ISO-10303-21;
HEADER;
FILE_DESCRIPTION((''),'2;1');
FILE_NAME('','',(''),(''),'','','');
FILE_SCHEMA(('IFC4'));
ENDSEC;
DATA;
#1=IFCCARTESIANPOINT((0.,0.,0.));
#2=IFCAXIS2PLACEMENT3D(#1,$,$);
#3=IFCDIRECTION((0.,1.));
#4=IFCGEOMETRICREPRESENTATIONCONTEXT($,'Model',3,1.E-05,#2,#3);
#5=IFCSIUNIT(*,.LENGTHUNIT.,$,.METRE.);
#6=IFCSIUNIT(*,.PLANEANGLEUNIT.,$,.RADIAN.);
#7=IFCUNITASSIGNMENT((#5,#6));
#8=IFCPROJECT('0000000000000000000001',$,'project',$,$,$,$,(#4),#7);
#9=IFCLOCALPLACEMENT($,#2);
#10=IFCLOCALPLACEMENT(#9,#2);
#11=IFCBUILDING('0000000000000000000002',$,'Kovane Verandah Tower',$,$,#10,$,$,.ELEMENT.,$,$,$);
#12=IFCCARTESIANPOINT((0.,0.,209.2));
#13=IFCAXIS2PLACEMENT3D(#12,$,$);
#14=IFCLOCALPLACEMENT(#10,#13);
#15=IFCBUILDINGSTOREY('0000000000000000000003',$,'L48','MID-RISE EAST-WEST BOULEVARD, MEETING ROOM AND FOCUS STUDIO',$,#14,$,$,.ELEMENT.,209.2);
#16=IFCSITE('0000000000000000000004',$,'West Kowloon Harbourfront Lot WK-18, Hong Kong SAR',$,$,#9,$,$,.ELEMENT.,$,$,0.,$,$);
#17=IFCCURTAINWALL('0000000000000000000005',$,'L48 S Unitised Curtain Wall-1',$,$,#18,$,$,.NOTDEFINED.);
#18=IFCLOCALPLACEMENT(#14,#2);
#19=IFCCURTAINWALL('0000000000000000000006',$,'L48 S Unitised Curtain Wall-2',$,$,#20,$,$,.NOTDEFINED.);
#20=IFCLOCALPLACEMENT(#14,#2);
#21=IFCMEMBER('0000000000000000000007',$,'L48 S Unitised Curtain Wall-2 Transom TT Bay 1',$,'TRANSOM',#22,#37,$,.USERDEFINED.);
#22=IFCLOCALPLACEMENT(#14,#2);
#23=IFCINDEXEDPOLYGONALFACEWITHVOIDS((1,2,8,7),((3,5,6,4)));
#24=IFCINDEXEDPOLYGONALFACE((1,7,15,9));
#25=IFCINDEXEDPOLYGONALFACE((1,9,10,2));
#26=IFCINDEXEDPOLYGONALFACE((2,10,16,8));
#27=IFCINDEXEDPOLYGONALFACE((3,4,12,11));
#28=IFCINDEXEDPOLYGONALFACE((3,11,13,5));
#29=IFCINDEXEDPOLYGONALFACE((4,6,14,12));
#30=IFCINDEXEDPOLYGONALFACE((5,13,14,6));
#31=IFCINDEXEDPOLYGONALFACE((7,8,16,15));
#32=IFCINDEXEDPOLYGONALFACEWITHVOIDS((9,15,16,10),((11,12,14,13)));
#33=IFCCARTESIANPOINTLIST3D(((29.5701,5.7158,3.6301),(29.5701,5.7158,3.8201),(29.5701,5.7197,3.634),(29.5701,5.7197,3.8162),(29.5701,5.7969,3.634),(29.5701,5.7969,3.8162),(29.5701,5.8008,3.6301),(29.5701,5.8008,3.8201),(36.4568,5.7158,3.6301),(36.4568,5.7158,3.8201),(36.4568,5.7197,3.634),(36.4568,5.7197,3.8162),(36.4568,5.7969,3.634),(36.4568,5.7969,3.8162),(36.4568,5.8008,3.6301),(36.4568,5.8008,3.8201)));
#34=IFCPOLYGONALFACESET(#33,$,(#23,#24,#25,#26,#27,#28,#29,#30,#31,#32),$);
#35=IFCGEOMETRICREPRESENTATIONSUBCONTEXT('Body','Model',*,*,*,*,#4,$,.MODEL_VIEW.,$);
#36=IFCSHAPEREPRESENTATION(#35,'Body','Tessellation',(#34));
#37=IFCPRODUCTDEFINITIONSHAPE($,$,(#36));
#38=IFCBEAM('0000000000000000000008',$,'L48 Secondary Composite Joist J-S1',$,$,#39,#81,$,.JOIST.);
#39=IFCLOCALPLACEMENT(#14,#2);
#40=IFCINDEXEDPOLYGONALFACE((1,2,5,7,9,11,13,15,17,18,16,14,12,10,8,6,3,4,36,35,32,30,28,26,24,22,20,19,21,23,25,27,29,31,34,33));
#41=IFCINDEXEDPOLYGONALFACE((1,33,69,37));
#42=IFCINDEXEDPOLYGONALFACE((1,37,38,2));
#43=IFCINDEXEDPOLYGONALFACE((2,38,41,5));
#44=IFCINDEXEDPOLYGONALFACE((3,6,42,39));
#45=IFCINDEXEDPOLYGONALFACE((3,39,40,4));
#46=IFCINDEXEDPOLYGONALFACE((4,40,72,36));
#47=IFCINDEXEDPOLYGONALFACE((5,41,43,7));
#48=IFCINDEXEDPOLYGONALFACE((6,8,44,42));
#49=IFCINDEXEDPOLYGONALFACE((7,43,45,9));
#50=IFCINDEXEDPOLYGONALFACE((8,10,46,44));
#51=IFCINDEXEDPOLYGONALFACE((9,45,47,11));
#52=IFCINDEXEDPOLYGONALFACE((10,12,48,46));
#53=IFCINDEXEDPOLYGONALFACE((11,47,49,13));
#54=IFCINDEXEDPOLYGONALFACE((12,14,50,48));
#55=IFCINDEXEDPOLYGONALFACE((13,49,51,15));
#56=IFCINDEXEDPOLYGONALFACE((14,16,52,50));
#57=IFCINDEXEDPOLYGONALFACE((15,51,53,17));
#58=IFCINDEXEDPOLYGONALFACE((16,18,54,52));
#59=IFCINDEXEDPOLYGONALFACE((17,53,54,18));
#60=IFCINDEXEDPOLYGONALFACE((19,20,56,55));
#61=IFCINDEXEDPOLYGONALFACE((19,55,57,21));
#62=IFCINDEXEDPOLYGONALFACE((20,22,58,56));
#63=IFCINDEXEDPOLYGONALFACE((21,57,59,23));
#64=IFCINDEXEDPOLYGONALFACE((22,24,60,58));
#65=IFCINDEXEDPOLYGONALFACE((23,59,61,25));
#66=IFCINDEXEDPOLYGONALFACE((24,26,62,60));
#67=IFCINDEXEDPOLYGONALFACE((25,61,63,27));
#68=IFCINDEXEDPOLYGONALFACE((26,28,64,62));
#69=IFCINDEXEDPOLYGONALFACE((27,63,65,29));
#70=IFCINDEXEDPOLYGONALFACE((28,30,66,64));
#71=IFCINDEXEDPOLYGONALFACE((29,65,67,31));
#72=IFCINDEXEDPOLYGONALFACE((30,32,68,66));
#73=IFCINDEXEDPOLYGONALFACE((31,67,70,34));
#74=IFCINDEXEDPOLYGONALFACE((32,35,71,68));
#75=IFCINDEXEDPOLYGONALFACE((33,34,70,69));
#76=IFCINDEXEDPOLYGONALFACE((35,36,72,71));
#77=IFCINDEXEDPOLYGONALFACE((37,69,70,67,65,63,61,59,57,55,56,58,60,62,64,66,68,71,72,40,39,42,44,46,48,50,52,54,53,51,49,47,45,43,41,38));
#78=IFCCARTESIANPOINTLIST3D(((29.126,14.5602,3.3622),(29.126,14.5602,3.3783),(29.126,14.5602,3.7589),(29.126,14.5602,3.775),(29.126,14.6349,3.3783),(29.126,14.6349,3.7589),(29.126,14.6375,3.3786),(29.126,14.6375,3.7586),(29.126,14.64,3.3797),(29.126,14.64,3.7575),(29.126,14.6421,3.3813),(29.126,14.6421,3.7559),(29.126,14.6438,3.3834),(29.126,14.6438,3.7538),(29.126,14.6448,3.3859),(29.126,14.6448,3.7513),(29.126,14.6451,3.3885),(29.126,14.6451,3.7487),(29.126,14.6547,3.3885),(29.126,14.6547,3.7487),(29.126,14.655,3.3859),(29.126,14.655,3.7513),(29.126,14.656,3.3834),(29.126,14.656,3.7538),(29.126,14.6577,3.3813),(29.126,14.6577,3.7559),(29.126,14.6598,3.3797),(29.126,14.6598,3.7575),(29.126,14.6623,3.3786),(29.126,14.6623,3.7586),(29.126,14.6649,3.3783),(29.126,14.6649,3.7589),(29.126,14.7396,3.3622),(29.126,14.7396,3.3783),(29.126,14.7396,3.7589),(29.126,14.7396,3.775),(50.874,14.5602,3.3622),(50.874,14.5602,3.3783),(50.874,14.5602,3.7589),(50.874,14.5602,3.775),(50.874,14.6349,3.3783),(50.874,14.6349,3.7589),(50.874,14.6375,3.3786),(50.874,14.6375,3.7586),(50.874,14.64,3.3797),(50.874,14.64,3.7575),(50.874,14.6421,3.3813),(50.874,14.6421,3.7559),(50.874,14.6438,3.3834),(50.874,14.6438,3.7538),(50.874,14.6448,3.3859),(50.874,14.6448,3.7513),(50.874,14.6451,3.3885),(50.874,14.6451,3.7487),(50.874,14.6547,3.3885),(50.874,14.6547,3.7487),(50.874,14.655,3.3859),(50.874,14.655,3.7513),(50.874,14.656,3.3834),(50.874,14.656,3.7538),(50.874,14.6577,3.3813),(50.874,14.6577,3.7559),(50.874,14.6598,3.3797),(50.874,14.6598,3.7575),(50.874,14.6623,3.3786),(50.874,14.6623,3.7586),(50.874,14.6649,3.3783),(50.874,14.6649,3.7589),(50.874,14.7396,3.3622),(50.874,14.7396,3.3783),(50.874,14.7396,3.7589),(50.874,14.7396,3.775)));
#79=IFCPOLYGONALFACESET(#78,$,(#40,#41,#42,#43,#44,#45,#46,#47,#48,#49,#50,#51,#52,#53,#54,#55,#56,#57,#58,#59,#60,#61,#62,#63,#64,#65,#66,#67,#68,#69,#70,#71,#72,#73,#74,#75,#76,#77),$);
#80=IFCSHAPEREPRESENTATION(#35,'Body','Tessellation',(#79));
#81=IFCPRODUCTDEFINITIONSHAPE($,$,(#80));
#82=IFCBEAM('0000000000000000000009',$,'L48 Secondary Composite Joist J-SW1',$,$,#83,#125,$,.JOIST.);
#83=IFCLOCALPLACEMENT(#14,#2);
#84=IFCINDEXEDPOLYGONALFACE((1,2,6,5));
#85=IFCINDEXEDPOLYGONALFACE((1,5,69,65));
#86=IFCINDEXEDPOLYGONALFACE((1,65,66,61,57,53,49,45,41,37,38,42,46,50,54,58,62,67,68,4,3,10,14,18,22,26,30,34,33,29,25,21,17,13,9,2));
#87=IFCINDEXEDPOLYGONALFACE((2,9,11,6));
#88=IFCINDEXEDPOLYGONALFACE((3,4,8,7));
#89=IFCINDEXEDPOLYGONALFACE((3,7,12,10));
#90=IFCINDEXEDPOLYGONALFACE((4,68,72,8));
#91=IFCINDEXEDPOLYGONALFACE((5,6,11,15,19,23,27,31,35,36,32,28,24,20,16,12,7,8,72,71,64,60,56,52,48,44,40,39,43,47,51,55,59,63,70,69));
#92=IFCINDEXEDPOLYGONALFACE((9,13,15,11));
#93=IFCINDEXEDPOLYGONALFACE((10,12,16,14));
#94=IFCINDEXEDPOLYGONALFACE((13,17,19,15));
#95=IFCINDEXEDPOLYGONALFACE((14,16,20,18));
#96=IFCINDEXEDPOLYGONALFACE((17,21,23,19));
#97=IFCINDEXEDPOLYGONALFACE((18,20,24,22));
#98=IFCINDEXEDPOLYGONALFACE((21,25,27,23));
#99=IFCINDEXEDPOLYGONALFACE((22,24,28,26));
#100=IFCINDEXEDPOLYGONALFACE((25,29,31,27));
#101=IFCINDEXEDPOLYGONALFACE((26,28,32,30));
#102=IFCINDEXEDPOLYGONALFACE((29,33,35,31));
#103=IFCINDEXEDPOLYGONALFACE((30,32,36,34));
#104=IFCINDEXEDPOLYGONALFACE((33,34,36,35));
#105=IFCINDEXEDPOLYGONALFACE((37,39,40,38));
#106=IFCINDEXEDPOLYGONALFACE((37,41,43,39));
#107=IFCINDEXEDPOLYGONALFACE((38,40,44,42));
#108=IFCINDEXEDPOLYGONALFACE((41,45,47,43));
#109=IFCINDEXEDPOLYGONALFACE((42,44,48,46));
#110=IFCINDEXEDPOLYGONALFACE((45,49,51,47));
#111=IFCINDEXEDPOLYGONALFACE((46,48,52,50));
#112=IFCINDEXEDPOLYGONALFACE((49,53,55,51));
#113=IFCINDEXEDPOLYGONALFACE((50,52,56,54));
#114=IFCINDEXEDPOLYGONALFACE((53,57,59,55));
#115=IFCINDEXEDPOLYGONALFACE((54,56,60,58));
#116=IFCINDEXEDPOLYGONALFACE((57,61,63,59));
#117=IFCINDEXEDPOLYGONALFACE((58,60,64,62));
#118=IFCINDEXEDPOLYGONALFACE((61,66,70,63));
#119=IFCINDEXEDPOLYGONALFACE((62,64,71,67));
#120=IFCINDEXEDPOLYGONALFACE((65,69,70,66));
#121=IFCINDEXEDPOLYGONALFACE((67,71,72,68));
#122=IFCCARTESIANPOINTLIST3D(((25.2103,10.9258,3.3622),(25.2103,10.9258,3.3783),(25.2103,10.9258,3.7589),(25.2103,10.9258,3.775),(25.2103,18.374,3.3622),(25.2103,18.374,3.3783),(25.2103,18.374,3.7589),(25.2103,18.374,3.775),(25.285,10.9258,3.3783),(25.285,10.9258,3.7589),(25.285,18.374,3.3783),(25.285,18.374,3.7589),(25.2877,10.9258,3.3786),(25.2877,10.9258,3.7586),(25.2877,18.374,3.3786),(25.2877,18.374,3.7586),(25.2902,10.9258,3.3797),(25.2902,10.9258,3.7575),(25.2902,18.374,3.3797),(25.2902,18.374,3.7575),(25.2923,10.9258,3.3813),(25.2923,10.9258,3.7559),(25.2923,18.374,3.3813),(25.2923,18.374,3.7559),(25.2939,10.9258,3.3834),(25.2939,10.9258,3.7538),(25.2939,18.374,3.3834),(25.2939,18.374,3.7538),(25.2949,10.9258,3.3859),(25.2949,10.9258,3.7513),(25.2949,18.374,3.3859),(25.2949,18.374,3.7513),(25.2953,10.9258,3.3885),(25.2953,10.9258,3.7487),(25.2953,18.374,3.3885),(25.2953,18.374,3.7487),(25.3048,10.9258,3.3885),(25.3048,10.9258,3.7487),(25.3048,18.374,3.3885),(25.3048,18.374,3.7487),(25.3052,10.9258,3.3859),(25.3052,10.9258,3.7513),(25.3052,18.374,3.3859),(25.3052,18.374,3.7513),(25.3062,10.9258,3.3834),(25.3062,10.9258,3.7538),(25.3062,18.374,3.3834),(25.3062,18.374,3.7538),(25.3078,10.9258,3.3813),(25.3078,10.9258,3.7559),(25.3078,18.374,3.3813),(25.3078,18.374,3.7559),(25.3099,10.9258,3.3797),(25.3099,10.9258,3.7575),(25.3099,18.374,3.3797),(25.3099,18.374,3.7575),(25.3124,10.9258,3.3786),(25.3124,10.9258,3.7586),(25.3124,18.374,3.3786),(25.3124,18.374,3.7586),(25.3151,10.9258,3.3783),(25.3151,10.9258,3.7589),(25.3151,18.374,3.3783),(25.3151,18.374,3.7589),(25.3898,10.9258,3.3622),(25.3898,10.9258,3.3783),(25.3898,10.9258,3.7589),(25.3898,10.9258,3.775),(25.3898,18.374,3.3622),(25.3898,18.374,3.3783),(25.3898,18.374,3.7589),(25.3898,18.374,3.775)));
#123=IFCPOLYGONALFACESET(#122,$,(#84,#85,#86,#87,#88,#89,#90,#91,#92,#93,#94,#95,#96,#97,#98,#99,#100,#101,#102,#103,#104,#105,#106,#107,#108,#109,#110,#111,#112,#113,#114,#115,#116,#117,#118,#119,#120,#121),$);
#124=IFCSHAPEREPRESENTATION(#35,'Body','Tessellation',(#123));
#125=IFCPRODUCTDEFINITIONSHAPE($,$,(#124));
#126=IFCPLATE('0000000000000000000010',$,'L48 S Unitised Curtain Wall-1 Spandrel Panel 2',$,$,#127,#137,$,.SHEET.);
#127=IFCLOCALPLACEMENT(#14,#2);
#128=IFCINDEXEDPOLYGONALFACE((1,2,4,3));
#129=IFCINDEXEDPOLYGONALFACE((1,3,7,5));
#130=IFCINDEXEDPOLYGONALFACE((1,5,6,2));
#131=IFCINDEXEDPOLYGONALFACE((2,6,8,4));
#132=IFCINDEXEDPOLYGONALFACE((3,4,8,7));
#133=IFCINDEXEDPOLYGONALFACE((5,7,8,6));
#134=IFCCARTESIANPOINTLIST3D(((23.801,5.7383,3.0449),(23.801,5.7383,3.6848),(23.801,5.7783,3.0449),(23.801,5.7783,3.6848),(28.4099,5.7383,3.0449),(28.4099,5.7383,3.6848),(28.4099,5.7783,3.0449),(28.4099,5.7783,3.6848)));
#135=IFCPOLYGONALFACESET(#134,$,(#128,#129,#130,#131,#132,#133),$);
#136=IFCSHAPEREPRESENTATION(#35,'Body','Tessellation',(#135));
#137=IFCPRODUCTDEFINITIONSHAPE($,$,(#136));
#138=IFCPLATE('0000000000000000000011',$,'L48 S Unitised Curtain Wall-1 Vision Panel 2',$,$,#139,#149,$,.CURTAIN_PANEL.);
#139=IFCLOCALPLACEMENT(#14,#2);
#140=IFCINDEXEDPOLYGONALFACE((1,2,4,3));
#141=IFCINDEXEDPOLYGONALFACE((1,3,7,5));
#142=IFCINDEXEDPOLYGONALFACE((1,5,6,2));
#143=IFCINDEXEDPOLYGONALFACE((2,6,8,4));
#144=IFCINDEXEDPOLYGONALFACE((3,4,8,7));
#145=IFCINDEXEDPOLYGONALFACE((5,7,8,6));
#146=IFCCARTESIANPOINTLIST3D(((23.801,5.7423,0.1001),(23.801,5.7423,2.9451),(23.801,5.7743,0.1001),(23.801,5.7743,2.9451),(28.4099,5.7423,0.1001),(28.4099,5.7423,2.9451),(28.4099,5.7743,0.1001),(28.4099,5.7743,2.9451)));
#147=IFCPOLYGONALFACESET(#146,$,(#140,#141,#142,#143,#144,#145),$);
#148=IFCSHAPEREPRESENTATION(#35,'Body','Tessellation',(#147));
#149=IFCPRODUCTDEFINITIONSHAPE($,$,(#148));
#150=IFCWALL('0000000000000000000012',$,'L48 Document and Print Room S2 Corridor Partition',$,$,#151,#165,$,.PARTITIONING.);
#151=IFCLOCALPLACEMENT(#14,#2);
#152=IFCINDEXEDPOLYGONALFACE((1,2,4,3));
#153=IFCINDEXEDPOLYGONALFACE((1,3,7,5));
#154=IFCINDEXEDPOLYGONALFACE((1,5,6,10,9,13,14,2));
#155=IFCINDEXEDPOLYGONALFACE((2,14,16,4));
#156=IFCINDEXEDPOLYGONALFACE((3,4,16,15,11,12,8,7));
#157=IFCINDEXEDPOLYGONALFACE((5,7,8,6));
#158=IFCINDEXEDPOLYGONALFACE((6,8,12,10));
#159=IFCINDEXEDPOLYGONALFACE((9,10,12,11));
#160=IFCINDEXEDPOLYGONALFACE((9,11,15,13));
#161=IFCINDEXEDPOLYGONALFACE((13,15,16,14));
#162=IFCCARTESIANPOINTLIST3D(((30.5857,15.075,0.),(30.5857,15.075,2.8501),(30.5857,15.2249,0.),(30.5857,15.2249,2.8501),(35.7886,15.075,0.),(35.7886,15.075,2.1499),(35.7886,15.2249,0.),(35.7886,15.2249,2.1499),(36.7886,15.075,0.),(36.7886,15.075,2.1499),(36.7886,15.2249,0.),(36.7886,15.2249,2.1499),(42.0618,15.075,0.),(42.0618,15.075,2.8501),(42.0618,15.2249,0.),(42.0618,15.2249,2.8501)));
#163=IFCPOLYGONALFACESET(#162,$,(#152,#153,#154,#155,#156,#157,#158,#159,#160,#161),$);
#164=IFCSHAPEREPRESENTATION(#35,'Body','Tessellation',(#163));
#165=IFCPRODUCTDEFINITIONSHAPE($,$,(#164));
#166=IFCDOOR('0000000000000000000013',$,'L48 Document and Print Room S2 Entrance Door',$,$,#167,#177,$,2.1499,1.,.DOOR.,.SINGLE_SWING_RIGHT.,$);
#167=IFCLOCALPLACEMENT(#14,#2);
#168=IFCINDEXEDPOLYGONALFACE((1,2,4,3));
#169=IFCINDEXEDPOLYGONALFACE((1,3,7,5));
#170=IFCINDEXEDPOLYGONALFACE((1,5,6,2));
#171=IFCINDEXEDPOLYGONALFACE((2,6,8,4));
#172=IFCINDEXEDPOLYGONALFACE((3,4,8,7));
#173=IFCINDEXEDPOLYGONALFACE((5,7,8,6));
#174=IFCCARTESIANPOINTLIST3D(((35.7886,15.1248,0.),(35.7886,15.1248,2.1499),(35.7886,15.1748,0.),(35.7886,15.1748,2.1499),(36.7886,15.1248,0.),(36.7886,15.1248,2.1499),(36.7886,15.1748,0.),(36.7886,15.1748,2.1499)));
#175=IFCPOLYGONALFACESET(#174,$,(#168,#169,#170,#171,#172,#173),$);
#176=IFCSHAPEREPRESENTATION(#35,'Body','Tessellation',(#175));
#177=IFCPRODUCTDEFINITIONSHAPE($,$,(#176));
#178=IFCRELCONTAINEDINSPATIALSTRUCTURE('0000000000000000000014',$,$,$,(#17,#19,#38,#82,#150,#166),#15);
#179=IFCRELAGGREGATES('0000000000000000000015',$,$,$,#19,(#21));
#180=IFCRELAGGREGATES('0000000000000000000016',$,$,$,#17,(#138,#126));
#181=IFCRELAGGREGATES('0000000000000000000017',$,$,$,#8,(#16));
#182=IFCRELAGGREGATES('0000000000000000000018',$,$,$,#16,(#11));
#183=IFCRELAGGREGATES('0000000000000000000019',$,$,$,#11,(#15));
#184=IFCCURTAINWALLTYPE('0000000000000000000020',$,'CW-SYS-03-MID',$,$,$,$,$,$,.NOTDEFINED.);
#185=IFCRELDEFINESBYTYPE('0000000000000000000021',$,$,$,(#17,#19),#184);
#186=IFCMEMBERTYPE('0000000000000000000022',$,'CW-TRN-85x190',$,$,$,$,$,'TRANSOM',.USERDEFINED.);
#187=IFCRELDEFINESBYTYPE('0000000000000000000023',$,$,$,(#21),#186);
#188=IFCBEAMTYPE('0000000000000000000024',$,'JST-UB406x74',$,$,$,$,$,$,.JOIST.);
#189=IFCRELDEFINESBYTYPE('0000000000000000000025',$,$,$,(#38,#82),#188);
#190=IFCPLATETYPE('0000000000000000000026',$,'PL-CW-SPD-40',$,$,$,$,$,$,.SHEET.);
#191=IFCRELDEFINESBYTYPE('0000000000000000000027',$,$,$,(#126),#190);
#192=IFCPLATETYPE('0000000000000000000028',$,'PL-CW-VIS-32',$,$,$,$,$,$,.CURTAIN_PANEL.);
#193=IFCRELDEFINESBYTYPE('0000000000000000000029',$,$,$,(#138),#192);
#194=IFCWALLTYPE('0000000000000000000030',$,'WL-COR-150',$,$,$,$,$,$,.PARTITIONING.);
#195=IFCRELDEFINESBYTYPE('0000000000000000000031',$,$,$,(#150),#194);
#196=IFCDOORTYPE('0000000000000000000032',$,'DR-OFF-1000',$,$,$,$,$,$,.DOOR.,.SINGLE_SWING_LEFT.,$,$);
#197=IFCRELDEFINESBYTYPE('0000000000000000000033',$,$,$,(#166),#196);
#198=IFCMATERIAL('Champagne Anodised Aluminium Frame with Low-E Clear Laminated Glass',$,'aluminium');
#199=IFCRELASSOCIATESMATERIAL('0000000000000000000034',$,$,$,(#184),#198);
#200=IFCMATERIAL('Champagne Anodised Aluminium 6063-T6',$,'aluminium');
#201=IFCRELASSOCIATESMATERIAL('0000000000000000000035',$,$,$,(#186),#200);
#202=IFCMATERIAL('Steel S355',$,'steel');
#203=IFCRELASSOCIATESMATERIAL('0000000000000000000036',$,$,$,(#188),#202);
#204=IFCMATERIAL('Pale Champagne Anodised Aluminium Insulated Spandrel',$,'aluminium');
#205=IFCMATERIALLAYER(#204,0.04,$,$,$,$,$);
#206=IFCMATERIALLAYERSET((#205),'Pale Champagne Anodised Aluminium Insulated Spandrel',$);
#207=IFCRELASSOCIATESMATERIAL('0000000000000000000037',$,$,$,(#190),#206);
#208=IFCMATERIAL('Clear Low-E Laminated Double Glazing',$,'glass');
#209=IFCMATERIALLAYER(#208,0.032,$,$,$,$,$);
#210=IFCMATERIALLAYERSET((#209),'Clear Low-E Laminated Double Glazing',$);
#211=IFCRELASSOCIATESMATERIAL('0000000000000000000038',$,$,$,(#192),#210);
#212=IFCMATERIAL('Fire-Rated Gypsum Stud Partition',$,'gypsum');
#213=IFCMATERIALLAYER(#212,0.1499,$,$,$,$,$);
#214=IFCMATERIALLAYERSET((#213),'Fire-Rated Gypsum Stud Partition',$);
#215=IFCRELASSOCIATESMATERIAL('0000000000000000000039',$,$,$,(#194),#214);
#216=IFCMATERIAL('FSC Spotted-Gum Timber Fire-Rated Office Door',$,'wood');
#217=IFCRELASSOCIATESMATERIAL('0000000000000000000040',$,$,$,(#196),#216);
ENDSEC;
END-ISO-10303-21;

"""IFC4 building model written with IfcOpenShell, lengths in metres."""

from ifc_helpers import new_model, si_unit, direction, frame, frame_2d, origin, origin_2d, place, context, subcontext, project, spatial, rectangle, hollow_rectangle, i_section, extrude, material, layer, layer_set, material_profile, profile_set, type_object, element, fill, aggregate, save


model = new_model("IFC4")

# Units and contexts
model_context = context("Model", 3, precision=1e-05, world=origin(), true_north=direction((0.0, 1.0)))
body_context = subcontext(model_context, "Body", "Model", "MODEL_VIEW")
ifc_project = project(units=[si_unit("LENGTHUNIT", "METRE"), si_unit("PLANEANGLEUNIT", "RADIAN")], contexts=[model_context])

# Site, building, storey
site_placement = place(None, origin())
site = spatial("IfcSite", under=ifc_project, at=site_placement, Name="West Kowloon Harbourfront Lot WK-18, Hong Kong SAR", CompositionType="ELEMENT", RefElevation=0.0)
building_placement = place(site_placement, origin())
building = spatial("IfcBuilding", under=site, at=building_placement, Name="Kovane Verandah Tower", CompositionType="ELEMENT")
storey_placement = place(building_placement, frame((0.0, 0.0, 209.2)))
storey = spatial("IfcBuildingStorey", under=building, at=storey_placement, Name="L48", Description="MID-RISE EAST-WEST BOULEVARD, MEETING ROOM AND FOCUS STUDIO", CompositionType="ELEMENT", Elevation=209.2)

# Shared definitions
ifc_material_1 = material(Name="Steel S355", Category="steel")

# Curtain wall
ifc_material_2 = material(Name="Champagne Anodised Aluminium Frame with Low-E Clear Laminated Glass", Category="aluminium")
curtain_wall_type = type_object("IfcCurtainWallType", Name="CW-SYS-03-MID", PredefinedType="NOTDEFINED", material=ifc_material_2)
curtain_wall_1_placement = place(storey_placement, origin())
curtain_wall_1 = element("IfcCurtainWall", 1, at=curtain_wall_1_placement, inside=storey, type_object=curtain_wall_type, Name="L48 S Unitised Curtain Wall-1", PredefinedType="NOTDEFINED")
ifc_material_3 = material(Name="Champagne Anodised Aluminium 6063-T6", Category="aluminium")

# Curtain wall
curtain_wall_2_placement = place(storey_placement, origin())
curtain_wall_2 = element("IfcCurtainWall", 2, at=curtain_wall_2_placement, inside=storey, type_object=curtain_wall_type, Name="L48 S Unitised Curtain Wall-2", PredefinedType="NOTDEFINED")

# Member
ifc_material_profile_1 = material_profile(ifc_material_3, hollow_rectangle(XDim=0.085, YDim=0.1899, WallThickness=0.0039, at=origin_2d()), Name="AL85x190x4")
ifc_profile_set_1 = profile_set([ifc_material_profile_1], Name="Champagne Anodised Aluminium 6063-T6")
member_type_1 = type_object("IfcMemberType", Name="CW-TRN-85x190", ElementType="TRANSOM", PredefinedType="USERDEFINED", material=ifc_profile_set_1)
member_1_placement = place(storey_placement, frame((29.5701, 5.7583, 3.7251), z_axis=(1.0, 0.0, 0.0), x_axis=(0.0, 1.0, 0.0)))
member_1 = element("IfcMember", 3, at=member_1_placement, type_object=member_type_1, Name="L48 S Unitised Curtain Wall-2 Transom TT Bay 1", ObjectType="TRANSOM", PredefinedType="USERDEFINED", context=body_context, shape_type="SweptSolid", body=[
    extrude(hollow_rectangle(XDim=0.085, YDim=0.1899, WallThickness=0.0039, at=origin_2d()), origin(), (0.0, 0.0, 1.0), 6.8867),
])
aggregate(curtain_wall_2, [member_1])

# Beams
ifc_material_profile_2 = material_profile(ifc_material_1, i_section(OverallWidth=0.1794, OverallDepth=0.4128, WebThickness=0.0095, FlangeThickness=0.0161, FilletRadius=0.0103, at=origin_2d()), Name="UB406x178x74")
ifc_profile_set_2 = profile_set([ifc_material_profile_2], Name="Steel S355")
beam_type_1 = type_object("IfcBeamType", Name="JST-UB406x74", PredefinedType="JOIST", material=ifc_profile_set_2)
beam_1_placement = place(storey_placement, frame((29.126, 14.6499, 3.5686), z_axis=(1.0, 0.0, 0.0), x_axis=(0.0, 1.0, 0.0)))
element("IfcBeam", 4, at=beam_1_placement, inside=storey, type_object=beam_type_1, Name="L48 Secondary Composite Joist J-S1", PredefinedType="JOIST", context=body_context, shape_type="SweptSolid", body=[
    extrude(i_section(OverallWidth=0.1794, OverallDepth=0.4128, WebThickness=0.0095, FlangeThickness=0.0161, FilletRadius=0.0103, at=origin_2d()), origin(), (0.0, 0.0, 1.0), 21.748),
])
beam_2_placement = place(storey_placement, frame((25.3, 10.9258, 3.5686), z_axis=(0.0, 1.0, 0.0), x_axis=(-1.0, 0.0, 0.0)))
element("IfcBeam", 5, at=beam_2_placement, inside=storey, type_object=beam_type_1, Name="L48 Secondary Composite Joist J-SW1", PredefinedType="JOIST", context=body_context, shape_type="SweptSolid", body=[
    extrude(i_section(OverallWidth=0.1794, OverallDepth=0.4128, WebThickness=0.0095, FlangeThickness=0.0161, FilletRadius=0.0103, at=origin_2d()), origin(), (0.0, 0.0, 1.0), 7.4482),
])

# Plates
ifc_material_4 = material(Name="Pale Champagne Anodised Aluminium Insulated Spandrel", Category="aluminium")
ifc_layer_1 = layer(ifc_material_4, 0.04)
ifc_layer_set_1 = layer_set([ifc_layer_1], Name="Pale Champagne Anodised Aluminium Insulated Spandrel")
plate_type_1 = type_object("IfcPlateType", Name="PL-CW-SPD-40", PredefinedType="SHEET", material=ifc_layer_set_1)
plate_1_placement = place(storey_placement, frame((26.1055, 5.7583, 3.0449), z_axis=(0.0, 0.0, 1.0), x_axis=(1.0, 0.0, 0.0)))
plate_1 = element("IfcPlate", 6, at=plate_1_placement, type_object=plate_type_1, Name="L48 S Unitised Curtain Wall-1 Spandrel Panel 2", PredefinedType="SHEET", context=body_context, shape_type="SweptSolid", body=[
    extrude(rectangle(XDim=4.6089, YDim=0.04, at=origin_2d()), origin(), (0.0, 0.0, 1.0), 0.6399),
])
ifc_material_5 = material(Name="Clear Low-E Laminated Double Glazing", Category="glass")
ifc_layer_2 = layer(ifc_material_5, 0.032)
ifc_layer_set_2 = layer_set([ifc_layer_2], Name="Clear Low-E Laminated Double Glazing")
plate_type_2 = type_object("IfcPlateType", Name="PL-CW-VIS-32", PredefinedType="CURTAIN_PANEL", material=ifc_layer_set_2)
plate_2_placement = place(storey_placement, frame((26.1055, 5.7583, 0.1001), z_axis=(0.0, 0.0, 1.0), x_axis=(1.0, 0.0, 0.0)))
plate_2 = element("IfcPlate", 7, at=plate_2_placement, type_object=plate_type_2, Name="L48 S Unitised Curtain Wall-1 Vision Panel 2", PredefinedType="CURTAIN_PANEL", context=body_context, shape_type="SweptSolid", body=[
    extrude(rectangle(XDim=4.6089, YDim=0.032, at=origin_2d()), origin(), (0.0, 0.0, 1.0), 2.845),
])
aggregate(curtain_wall_1, [plate_2, plate_1])

# Wall, opening, door
ifc_material_6 = material(Name="Fire-Rated Gypsum Stud Partition", Category="gypsum")
ifc_layer_3 = layer(ifc_material_6, 0.1499)
ifc_layer_set_3 = layer_set([ifc_layer_3], Name="Fire-Rated Gypsum Stud Partition")
wall_type_1 = type_object("IfcWallType", Name="WL-COR-150", PredefinedType="PARTITIONING", material=ifc_layer_set_3)
wall_1_placement = place(storey_placement, frame((30.5857, 15.1499, 0.0), z_axis=(0.0, 0.0, 1.0), x_axis=(1.0, 0.0, 0.0)))
wall_1 = element("IfcWall", 8, at=wall_1_placement, inside=storey, type_object=wall_type_1, Name="L48 Document and Print Room S2 Corridor Partition", PredefinedType="PARTITIONING", context=body_context, shape_type="SweptSolid", body=[
    extrude(rectangle(XDim=11.4761, YDim=0.1499, at=frame_2d((5.738, 0.0))), origin(), (0.0, 0.0, 1.0), 2.8501),
])
opening_1_placement = place(wall_1_placement, frame((5.2029, 0.0, 0.0)))
opening_1 = element("IfcOpeningElement", 9, at=opening_1_placement, cuts=wall_1, PredefinedType="OPENING", context=body_context, shape_type="SweptSolid", body=[
    extrude(rectangle(XDim=1.0, YDim=2.1499, at=frame_2d((0.5, 1.075))), frame((0.0, 0.075, 0.0), z_axis=(0.0, -1.0, 0.0), x_axis=(1.0, 0.0, 0.0)), (0.0, 0.0, 1.0), 0.1499),
])
ifc_material_7 = material(Name="FSC Spotted-Gum Timber Fire-Rated Office Door", Category="wood")
door_type_1 = type_object("IfcDoorType", Name="DR-OFF-1000", OperationType="SINGLE_SWING_LEFT", PredefinedType="DOOR", material=ifc_material_7)
door_1_placement = place(opening_1_placement, origin())
door_1 = element("IfcDoor", 10, at=door_1_placement, inside=storey, type_object=door_type_1, Name="L48 Document and Print Room S2 Entrance Door", OperationType="SINGLE_SWING_RIGHT", OverallHeight=2.1499, OverallWidth=1.0, PredefinedType="DOOR", context=body_context, shape_type="SweptSolid", body=[
    extrude(rectangle(XDim=1.0, YDim=2.1499, at=frame_2d((0.5, 1.075))), frame((0.0, 0.0249, 0.0), z_axis=(0.0, -1.0, 0.0), x_axis=(1.0, 0.0, 0.0)), (0.0, 0.0, 1.0), 0.05),
])
fill(opening_1, door_1)

save(model, "model.ifc")
